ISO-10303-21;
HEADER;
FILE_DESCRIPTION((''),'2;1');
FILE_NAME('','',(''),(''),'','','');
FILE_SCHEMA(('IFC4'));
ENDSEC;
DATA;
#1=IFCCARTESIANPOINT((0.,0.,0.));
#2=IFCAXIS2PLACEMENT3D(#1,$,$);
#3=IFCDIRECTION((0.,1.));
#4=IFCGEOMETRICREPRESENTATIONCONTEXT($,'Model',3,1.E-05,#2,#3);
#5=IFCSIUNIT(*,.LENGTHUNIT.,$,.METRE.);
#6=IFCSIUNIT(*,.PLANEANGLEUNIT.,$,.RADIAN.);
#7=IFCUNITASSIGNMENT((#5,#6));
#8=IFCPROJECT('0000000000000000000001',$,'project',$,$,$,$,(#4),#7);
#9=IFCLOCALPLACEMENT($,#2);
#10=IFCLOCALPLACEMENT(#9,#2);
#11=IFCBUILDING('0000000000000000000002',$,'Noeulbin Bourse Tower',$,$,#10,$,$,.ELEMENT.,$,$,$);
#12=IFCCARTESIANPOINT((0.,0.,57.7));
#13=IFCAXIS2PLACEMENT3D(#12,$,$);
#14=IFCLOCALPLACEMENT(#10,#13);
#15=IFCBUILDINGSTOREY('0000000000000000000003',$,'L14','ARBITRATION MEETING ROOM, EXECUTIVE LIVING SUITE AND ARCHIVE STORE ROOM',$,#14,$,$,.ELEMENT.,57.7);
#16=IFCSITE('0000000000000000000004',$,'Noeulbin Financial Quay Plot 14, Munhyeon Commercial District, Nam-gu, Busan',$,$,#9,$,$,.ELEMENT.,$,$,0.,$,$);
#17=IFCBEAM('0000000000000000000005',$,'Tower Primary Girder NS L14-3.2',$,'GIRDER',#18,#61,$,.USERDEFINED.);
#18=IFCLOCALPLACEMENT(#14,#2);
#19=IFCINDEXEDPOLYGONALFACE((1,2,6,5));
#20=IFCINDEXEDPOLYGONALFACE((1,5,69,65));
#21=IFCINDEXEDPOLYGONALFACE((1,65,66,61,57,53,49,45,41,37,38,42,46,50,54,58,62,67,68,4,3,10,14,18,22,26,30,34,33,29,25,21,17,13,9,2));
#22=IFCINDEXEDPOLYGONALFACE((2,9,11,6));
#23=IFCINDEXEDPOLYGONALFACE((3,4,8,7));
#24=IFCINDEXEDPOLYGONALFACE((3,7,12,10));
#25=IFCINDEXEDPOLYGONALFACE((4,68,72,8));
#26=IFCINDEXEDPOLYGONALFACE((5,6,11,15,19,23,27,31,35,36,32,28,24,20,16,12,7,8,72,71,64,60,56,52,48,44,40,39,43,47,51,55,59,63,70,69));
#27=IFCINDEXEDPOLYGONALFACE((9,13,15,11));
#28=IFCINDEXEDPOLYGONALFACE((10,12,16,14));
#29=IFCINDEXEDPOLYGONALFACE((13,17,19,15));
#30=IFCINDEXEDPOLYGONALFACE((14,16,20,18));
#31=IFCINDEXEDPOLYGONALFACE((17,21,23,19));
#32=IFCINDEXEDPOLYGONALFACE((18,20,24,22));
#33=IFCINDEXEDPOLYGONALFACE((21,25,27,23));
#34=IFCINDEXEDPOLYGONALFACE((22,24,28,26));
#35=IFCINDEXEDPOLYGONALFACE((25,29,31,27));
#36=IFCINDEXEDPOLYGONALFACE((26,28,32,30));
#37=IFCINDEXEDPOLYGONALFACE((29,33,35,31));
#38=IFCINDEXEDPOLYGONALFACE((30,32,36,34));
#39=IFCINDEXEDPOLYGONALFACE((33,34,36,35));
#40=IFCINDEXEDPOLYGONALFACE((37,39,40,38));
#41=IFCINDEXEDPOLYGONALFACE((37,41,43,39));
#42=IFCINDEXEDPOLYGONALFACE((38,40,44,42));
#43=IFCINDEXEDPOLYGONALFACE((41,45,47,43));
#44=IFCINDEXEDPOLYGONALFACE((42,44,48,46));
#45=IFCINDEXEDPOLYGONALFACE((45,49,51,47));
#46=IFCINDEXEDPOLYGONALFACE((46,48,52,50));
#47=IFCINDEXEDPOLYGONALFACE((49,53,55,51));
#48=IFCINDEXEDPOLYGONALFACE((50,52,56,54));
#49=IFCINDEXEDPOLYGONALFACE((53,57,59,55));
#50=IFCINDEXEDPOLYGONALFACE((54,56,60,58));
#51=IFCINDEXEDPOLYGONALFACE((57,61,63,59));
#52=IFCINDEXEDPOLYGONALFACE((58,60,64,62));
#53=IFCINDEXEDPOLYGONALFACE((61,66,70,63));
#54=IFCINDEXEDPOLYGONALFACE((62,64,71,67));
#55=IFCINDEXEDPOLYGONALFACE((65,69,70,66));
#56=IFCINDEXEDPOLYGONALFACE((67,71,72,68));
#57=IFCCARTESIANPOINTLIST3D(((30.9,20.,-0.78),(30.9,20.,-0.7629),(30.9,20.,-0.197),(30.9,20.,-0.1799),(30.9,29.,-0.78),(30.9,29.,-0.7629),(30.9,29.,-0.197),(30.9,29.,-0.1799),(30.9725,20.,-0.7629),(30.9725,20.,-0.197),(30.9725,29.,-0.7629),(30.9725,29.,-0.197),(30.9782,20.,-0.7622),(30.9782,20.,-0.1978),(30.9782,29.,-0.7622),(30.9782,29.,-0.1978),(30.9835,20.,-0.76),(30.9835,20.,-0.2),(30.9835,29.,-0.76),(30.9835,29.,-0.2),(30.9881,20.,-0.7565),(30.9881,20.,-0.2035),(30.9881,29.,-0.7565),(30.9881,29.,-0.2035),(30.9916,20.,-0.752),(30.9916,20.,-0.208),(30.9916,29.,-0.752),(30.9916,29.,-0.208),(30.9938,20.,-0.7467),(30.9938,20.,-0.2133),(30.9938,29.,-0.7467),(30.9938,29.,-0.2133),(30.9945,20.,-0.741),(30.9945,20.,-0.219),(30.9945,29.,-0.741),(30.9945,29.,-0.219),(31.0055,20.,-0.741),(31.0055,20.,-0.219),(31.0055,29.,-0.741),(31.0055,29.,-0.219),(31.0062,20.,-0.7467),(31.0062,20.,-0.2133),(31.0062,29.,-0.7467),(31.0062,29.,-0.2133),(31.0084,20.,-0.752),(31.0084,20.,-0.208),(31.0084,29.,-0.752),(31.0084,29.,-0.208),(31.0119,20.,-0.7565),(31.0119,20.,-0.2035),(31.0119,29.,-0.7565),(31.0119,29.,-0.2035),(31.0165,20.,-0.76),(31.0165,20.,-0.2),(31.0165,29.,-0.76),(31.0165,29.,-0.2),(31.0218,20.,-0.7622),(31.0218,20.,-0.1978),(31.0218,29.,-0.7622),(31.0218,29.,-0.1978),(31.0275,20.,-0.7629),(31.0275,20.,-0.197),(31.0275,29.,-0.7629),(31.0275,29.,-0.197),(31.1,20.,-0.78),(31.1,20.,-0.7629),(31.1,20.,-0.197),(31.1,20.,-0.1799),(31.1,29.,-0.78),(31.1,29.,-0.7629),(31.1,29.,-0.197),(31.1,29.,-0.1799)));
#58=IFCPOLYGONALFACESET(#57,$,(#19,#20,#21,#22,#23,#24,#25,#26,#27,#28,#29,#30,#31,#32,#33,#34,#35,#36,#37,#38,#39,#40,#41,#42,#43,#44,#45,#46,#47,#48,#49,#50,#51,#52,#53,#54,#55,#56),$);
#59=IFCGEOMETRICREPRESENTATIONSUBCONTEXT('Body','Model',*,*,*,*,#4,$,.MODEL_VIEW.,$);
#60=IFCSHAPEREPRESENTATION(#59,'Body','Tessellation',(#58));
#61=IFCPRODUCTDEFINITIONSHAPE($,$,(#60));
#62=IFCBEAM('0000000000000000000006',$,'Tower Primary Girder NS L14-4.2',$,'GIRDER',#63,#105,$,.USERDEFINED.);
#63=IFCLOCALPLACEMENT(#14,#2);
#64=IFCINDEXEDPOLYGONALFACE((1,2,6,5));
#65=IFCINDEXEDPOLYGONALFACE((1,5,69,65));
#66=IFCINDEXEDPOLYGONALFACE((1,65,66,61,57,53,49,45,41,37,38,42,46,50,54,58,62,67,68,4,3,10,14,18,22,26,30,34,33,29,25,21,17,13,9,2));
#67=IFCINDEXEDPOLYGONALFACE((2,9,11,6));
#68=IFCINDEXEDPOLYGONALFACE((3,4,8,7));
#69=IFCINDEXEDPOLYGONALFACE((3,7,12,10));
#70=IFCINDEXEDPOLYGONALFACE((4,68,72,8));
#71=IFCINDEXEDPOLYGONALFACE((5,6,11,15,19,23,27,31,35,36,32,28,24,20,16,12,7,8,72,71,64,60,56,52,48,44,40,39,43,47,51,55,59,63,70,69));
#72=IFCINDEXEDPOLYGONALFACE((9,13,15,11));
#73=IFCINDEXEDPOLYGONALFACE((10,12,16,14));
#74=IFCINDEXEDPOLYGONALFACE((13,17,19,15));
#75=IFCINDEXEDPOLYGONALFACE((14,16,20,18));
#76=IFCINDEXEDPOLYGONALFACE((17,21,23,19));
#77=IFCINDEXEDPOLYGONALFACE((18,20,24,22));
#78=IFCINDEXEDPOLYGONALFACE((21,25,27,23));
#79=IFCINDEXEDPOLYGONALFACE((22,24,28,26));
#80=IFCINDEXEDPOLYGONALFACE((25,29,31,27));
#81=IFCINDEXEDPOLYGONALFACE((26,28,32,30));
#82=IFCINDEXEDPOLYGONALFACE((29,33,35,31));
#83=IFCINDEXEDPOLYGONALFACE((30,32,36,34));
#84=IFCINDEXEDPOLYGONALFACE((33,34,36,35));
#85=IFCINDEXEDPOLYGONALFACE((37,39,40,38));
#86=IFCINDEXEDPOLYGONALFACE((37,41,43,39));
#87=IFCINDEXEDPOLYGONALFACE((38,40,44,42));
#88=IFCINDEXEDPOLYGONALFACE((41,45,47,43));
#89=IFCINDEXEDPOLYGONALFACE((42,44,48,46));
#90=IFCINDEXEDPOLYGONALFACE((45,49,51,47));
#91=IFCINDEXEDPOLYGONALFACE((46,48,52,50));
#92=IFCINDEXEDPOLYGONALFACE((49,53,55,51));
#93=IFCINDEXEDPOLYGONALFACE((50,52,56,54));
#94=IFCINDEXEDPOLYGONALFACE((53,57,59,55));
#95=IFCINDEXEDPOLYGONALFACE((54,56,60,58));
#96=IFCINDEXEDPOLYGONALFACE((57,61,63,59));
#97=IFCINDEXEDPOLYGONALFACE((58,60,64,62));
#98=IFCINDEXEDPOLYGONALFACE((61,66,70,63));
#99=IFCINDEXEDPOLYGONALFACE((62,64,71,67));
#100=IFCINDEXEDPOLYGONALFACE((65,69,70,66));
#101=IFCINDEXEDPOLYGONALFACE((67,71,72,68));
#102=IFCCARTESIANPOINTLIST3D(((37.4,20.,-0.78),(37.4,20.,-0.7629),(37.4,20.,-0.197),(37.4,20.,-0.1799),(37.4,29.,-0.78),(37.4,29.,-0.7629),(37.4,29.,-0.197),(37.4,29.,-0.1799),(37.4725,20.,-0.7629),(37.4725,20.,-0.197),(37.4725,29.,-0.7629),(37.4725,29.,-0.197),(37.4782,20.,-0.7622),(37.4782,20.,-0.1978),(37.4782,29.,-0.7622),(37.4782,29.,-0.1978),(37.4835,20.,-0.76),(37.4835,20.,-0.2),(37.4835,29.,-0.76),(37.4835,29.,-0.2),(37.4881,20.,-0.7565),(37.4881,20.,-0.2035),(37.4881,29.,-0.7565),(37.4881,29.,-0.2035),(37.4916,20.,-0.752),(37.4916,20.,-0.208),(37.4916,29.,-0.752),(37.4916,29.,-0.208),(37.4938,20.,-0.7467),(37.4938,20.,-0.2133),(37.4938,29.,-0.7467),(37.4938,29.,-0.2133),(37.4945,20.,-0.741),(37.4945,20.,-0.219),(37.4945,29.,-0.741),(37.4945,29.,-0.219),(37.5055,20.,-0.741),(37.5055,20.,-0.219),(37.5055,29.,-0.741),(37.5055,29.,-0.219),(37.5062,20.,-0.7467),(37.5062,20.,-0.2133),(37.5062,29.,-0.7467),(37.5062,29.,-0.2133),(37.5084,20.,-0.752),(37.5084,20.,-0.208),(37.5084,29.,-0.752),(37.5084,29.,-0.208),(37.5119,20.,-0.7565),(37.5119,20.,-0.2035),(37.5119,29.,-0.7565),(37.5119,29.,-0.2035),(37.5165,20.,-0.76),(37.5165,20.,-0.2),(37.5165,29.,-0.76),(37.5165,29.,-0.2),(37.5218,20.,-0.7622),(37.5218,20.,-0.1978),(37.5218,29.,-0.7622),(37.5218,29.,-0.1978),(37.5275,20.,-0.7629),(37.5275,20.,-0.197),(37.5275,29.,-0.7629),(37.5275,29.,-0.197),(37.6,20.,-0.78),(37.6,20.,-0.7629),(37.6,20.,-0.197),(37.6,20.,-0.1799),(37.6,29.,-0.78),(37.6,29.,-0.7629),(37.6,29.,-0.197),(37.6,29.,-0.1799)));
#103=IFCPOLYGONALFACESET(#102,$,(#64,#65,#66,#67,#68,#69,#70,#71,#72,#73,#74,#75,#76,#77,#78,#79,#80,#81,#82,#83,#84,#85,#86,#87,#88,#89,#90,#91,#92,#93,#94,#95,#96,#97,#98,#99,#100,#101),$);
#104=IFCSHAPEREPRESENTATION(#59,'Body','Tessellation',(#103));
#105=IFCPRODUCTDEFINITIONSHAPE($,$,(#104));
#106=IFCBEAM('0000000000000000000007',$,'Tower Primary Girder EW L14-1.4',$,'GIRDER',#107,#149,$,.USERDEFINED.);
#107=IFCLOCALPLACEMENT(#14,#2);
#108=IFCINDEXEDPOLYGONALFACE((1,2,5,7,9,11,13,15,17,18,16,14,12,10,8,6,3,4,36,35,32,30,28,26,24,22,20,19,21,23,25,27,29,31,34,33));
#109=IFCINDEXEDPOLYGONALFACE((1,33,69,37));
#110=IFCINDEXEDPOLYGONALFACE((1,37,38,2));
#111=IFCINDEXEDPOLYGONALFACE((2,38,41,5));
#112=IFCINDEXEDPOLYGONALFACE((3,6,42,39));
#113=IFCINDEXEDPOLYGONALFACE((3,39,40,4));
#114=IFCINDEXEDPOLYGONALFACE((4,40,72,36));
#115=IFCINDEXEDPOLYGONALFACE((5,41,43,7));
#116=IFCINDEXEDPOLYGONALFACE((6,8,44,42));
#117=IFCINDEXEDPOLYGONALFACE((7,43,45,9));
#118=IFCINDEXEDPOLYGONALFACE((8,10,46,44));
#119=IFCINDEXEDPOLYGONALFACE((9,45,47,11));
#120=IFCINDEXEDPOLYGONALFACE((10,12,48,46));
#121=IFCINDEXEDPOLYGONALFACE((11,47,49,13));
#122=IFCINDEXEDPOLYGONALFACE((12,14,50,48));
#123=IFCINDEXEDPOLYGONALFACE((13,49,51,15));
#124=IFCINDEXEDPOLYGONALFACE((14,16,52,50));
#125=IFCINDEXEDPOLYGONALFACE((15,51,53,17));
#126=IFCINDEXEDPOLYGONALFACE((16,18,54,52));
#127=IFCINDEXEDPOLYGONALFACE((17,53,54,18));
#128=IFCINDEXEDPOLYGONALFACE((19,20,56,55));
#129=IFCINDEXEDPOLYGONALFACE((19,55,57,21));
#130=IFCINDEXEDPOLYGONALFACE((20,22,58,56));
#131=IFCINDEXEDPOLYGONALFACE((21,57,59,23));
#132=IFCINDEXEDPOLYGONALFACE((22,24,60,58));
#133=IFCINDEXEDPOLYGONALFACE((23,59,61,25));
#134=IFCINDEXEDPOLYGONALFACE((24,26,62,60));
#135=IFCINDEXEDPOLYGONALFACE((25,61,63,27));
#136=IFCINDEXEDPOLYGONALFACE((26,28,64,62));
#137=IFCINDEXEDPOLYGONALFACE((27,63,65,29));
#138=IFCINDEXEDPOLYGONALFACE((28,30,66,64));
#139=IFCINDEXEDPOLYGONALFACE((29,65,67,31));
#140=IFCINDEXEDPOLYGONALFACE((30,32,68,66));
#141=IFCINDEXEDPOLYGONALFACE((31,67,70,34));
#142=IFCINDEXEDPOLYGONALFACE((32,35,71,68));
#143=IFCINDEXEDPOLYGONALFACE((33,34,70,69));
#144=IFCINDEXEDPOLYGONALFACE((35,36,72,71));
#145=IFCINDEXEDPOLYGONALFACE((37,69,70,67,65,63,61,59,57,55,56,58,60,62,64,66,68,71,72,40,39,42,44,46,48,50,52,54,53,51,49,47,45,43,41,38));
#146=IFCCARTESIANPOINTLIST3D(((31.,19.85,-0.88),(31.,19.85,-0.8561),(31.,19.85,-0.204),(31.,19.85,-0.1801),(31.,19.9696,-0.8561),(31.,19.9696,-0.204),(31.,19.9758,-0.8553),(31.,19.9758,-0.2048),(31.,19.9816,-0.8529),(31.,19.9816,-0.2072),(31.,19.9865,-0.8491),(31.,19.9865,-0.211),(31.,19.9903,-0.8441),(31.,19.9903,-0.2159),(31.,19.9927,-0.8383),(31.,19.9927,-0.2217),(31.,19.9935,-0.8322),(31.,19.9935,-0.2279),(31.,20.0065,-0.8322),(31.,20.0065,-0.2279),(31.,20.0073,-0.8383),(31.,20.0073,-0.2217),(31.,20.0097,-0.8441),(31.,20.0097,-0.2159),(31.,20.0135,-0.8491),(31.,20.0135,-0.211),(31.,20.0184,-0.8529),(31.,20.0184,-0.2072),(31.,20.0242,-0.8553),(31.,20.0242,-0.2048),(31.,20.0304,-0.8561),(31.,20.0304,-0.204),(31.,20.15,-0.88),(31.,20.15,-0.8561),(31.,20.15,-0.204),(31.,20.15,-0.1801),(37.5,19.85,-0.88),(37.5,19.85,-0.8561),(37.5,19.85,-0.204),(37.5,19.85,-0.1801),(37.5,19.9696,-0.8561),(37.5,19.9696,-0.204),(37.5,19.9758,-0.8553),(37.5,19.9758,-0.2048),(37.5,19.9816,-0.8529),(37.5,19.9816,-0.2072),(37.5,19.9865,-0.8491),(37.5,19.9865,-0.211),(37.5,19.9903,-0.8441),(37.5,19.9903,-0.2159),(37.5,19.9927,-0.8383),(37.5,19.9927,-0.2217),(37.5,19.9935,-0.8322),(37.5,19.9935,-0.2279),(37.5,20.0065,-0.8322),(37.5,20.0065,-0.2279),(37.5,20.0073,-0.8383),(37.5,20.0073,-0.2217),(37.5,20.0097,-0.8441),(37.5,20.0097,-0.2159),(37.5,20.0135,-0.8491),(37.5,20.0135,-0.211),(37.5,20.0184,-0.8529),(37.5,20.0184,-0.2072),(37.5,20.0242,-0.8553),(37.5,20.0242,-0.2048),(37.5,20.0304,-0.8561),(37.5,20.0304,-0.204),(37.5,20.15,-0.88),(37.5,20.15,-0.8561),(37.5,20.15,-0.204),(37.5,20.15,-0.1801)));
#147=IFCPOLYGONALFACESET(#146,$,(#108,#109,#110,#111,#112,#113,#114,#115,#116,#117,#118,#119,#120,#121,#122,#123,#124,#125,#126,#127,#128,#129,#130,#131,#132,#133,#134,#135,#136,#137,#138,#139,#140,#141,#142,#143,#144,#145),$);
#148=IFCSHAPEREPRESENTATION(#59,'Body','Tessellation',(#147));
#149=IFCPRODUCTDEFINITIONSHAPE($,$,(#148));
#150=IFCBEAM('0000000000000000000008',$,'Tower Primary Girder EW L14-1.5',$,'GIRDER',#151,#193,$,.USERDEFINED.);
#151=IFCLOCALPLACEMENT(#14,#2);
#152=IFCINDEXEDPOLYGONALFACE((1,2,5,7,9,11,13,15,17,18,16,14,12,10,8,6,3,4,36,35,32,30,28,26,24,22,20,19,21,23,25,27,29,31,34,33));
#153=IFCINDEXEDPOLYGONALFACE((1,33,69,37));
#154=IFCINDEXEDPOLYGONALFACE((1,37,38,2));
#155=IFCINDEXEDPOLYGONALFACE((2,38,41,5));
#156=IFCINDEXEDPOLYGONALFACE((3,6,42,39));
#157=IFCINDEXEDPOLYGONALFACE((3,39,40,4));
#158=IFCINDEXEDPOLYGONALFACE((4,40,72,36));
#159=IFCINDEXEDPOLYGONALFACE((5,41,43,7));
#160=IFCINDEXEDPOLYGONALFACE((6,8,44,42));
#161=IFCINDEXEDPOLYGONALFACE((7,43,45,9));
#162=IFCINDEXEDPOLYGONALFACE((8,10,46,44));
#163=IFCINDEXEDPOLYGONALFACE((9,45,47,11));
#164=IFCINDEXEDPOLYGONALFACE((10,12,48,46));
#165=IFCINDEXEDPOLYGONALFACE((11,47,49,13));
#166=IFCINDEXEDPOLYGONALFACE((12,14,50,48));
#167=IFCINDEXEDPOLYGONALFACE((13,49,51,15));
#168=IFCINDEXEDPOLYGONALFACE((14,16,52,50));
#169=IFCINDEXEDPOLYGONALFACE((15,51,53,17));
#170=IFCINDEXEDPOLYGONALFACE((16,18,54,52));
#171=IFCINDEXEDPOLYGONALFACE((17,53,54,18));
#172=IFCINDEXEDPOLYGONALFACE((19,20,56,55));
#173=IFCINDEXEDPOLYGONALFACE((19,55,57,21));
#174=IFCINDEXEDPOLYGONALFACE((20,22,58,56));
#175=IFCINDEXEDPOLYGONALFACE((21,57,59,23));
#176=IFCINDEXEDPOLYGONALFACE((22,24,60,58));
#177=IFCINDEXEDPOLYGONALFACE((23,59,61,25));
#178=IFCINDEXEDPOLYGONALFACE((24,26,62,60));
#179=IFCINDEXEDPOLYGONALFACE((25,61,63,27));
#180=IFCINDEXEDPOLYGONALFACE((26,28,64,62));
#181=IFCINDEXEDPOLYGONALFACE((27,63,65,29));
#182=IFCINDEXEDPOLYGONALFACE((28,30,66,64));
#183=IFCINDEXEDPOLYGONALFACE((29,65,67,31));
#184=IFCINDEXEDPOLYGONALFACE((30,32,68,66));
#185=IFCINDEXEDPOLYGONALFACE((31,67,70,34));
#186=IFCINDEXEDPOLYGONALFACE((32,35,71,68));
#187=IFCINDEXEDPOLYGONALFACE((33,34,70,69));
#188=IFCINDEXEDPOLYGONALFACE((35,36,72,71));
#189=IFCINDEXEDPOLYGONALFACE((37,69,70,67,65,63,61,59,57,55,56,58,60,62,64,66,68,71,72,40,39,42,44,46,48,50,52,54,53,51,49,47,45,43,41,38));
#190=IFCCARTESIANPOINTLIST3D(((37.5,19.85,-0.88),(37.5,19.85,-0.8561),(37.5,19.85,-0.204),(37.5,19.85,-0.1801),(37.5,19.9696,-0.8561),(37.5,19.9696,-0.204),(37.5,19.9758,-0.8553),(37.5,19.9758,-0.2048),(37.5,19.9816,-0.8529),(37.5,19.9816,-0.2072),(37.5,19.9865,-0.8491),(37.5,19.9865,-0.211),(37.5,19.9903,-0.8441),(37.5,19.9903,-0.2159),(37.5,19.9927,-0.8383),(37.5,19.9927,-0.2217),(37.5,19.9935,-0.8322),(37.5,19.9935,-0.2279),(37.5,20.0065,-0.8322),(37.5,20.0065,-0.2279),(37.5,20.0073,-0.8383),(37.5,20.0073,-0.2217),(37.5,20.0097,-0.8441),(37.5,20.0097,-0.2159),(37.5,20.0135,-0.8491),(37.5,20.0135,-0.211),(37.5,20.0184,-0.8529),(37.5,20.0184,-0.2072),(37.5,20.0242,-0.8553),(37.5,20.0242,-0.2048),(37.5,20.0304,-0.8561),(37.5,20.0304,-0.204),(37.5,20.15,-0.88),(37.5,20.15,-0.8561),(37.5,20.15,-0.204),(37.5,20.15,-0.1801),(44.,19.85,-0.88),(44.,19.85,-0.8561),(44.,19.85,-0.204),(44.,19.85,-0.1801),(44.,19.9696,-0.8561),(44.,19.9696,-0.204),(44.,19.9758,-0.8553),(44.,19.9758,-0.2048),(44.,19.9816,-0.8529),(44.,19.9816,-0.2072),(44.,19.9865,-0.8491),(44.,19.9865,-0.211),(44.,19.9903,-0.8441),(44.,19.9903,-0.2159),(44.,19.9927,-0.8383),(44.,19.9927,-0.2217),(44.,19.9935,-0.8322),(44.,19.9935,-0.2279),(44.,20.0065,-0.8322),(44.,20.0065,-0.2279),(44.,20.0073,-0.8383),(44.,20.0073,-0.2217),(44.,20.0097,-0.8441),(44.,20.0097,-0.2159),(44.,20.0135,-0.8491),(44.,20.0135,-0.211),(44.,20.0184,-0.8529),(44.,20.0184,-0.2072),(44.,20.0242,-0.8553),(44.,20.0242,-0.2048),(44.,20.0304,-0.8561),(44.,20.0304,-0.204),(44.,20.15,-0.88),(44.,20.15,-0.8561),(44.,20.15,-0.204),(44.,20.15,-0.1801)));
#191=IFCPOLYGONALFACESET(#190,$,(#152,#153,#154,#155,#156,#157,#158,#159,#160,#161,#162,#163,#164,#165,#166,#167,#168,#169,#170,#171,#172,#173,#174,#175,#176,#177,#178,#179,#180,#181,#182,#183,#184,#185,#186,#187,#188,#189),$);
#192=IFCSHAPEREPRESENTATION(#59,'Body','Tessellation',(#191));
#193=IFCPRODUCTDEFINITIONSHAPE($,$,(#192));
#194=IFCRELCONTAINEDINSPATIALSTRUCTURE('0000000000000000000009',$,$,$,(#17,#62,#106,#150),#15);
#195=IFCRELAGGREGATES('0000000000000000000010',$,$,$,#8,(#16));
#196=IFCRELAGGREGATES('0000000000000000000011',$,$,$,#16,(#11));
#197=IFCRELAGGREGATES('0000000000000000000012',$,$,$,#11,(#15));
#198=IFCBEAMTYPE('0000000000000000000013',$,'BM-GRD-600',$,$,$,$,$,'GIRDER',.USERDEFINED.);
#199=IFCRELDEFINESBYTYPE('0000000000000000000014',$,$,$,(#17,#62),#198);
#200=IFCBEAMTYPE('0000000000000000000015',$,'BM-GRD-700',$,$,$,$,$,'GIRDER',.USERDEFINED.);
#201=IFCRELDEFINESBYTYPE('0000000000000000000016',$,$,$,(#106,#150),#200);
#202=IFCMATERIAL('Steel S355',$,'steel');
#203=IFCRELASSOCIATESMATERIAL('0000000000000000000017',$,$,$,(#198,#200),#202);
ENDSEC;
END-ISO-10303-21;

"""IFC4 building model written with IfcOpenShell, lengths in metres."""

from ifc_helpers import new_model, si_unit, direction, frame, origin, origin_2d, place, context, subcontext, project, spatial, i_section, extrude, material, material_profile, profile_set, type_object, element, save


model = new_model("IFC4")

# Units and contexts
model_context = context("Model", 3, precision=1e-05, world=origin(), true_north=direction((0.0, 1.0)))
body_context = subcontext(model_context, "Body", "Model", "MODEL_VIEW")
ifc_project = project(units=[si_unit("LENGTHUNIT", "METRE"), si_unit("PLANEANGLEUNIT", "RADIAN")], contexts=[model_context])

# Site, building, storey
site_placement = place(None, origin())
site = spatial("IfcSite", under=ifc_project, at=site_placement, Name="Noeulbin Financial Quay Plot 14, Munhyeon Commercial District, Nam-gu, Busan", CompositionType="ELEMENT", RefElevation=0.0)
building_placement = place(site_placement, origin())
building = spatial("IfcBuilding", under=site, at=building_placement, Name="Noeulbin Bourse Tower", CompositionType="ELEMENT")
storey_placement = place(building_placement, frame((0.0, 0.0, 57.7)))
storey = spatial("IfcBuildingStorey", under=building, at=storey_placement, Name="L14", Description="ARBITRATION MEETING ROOM, EXECUTIVE LIVING SUITE AND ARCHIVE STORE ROOM", CompositionType="ELEMENT", Elevation=57.7)

# Beams
ifc_material_1 = material(Name="Steel S355", Category="steel")
ifc_material_profile_1 = material_profile(ifc_material_1, i_section(OverallWidth=0.2, OverallDepth=0.6001, WebThickness=0.011, FlangeThickness=0.0171, FilletRadius=0.022, at=origin_2d()), Name="H-600x200x11x17", Category="LoadBearing")
ifc_profile_set_1 = profile_set([ifc_material_profile_1], Name="Steel S355")
beam_type_1 = type_object("IfcBeamType", Name="BM-GRD-600", ElementType="GIRDER", PredefinedType="USERDEFINED", material=ifc_profile_set_1)
for number, where, z_axis, x_axis, name in (
    (1, (31.0, 20.0, -0.48), (0.0, 1.0, 0.0), (-1.0, 0.0, 0.0), "Tower Primary Girder NS L14-3.2"),
    (2, (37.5, 20.0, -0.48), (0.0, 1.0, 0.0), (-1.0, 0.0, 0.0), "Tower Primary Girder NS L14-4.2"),
):
    element("IfcBeam", number, at=place(storey_placement, frame(where, z_axis=z_axis, x_axis=x_axis)), inside=storey, type_object=beam_type_1, Name=name, ObjectType="GIRDER", PredefinedType="USERDEFINED", context=body_context, shape_type="SweptSolid", body=[
        extrude(i_section(OverallWidth=0.2, OverallDepth=0.6001, WebThickness=0.011, FlangeThickness=0.0171, FilletRadius=0.022, at=origin_2d()), origin(), (0.0, 0.0, 1.0), 9.0),
    ])
ifc_material_profile_2 = material_profile(ifc_material_1, i_section(OverallWidth=0.3, OverallDepth=0.7, WebThickness=0.0129, FlangeThickness=0.0239, FilletRadius=0.0239, at=origin_2d()), Name="H-700x300x13x24", Category="LoadBearing")
ifc_profile_set_2 = profile_set([ifc_material_profile_2], Name="Steel S355")
beam_type_2 = type_object("IfcBeamType", Name="BM-GRD-700", ElementType="GIRDER", PredefinedType="USERDEFINED", material=ifc_profile_set_2)
for number, where, z_axis, x_axis, name in (
    (3, (31.0, 20.0, -0.53), (1.0, 0.0, 0.0), (0.0, 1.0, 0.0), "Tower Primary Girder EW L14-1.4"),
    (4, (37.5, 20.0, -0.53), (1.0, 0.0, 0.0), (0.0, 1.0, 0.0), "Tower Primary Girder EW L14-1.5"),
):
    element("IfcBeam", number, at=place(storey_placement, frame(where, z_axis=z_axis, x_axis=x_axis)), inside=storey, type_object=beam_type_2, Name=name, ObjectType="GIRDER", PredefinedType="USERDEFINED", context=body_context, shape_type="SweptSolid", body=[
        extrude(i_section(OverallWidth=0.3, OverallDepth=0.7, WebThickness=0.0129, FlangeThickness=0.0239, FilletRadius=0.0239, at=origin_2d()), origin(), (0.0, 0.0, 1.0), 6.5),
    ])

save(model, "model.ifc")
